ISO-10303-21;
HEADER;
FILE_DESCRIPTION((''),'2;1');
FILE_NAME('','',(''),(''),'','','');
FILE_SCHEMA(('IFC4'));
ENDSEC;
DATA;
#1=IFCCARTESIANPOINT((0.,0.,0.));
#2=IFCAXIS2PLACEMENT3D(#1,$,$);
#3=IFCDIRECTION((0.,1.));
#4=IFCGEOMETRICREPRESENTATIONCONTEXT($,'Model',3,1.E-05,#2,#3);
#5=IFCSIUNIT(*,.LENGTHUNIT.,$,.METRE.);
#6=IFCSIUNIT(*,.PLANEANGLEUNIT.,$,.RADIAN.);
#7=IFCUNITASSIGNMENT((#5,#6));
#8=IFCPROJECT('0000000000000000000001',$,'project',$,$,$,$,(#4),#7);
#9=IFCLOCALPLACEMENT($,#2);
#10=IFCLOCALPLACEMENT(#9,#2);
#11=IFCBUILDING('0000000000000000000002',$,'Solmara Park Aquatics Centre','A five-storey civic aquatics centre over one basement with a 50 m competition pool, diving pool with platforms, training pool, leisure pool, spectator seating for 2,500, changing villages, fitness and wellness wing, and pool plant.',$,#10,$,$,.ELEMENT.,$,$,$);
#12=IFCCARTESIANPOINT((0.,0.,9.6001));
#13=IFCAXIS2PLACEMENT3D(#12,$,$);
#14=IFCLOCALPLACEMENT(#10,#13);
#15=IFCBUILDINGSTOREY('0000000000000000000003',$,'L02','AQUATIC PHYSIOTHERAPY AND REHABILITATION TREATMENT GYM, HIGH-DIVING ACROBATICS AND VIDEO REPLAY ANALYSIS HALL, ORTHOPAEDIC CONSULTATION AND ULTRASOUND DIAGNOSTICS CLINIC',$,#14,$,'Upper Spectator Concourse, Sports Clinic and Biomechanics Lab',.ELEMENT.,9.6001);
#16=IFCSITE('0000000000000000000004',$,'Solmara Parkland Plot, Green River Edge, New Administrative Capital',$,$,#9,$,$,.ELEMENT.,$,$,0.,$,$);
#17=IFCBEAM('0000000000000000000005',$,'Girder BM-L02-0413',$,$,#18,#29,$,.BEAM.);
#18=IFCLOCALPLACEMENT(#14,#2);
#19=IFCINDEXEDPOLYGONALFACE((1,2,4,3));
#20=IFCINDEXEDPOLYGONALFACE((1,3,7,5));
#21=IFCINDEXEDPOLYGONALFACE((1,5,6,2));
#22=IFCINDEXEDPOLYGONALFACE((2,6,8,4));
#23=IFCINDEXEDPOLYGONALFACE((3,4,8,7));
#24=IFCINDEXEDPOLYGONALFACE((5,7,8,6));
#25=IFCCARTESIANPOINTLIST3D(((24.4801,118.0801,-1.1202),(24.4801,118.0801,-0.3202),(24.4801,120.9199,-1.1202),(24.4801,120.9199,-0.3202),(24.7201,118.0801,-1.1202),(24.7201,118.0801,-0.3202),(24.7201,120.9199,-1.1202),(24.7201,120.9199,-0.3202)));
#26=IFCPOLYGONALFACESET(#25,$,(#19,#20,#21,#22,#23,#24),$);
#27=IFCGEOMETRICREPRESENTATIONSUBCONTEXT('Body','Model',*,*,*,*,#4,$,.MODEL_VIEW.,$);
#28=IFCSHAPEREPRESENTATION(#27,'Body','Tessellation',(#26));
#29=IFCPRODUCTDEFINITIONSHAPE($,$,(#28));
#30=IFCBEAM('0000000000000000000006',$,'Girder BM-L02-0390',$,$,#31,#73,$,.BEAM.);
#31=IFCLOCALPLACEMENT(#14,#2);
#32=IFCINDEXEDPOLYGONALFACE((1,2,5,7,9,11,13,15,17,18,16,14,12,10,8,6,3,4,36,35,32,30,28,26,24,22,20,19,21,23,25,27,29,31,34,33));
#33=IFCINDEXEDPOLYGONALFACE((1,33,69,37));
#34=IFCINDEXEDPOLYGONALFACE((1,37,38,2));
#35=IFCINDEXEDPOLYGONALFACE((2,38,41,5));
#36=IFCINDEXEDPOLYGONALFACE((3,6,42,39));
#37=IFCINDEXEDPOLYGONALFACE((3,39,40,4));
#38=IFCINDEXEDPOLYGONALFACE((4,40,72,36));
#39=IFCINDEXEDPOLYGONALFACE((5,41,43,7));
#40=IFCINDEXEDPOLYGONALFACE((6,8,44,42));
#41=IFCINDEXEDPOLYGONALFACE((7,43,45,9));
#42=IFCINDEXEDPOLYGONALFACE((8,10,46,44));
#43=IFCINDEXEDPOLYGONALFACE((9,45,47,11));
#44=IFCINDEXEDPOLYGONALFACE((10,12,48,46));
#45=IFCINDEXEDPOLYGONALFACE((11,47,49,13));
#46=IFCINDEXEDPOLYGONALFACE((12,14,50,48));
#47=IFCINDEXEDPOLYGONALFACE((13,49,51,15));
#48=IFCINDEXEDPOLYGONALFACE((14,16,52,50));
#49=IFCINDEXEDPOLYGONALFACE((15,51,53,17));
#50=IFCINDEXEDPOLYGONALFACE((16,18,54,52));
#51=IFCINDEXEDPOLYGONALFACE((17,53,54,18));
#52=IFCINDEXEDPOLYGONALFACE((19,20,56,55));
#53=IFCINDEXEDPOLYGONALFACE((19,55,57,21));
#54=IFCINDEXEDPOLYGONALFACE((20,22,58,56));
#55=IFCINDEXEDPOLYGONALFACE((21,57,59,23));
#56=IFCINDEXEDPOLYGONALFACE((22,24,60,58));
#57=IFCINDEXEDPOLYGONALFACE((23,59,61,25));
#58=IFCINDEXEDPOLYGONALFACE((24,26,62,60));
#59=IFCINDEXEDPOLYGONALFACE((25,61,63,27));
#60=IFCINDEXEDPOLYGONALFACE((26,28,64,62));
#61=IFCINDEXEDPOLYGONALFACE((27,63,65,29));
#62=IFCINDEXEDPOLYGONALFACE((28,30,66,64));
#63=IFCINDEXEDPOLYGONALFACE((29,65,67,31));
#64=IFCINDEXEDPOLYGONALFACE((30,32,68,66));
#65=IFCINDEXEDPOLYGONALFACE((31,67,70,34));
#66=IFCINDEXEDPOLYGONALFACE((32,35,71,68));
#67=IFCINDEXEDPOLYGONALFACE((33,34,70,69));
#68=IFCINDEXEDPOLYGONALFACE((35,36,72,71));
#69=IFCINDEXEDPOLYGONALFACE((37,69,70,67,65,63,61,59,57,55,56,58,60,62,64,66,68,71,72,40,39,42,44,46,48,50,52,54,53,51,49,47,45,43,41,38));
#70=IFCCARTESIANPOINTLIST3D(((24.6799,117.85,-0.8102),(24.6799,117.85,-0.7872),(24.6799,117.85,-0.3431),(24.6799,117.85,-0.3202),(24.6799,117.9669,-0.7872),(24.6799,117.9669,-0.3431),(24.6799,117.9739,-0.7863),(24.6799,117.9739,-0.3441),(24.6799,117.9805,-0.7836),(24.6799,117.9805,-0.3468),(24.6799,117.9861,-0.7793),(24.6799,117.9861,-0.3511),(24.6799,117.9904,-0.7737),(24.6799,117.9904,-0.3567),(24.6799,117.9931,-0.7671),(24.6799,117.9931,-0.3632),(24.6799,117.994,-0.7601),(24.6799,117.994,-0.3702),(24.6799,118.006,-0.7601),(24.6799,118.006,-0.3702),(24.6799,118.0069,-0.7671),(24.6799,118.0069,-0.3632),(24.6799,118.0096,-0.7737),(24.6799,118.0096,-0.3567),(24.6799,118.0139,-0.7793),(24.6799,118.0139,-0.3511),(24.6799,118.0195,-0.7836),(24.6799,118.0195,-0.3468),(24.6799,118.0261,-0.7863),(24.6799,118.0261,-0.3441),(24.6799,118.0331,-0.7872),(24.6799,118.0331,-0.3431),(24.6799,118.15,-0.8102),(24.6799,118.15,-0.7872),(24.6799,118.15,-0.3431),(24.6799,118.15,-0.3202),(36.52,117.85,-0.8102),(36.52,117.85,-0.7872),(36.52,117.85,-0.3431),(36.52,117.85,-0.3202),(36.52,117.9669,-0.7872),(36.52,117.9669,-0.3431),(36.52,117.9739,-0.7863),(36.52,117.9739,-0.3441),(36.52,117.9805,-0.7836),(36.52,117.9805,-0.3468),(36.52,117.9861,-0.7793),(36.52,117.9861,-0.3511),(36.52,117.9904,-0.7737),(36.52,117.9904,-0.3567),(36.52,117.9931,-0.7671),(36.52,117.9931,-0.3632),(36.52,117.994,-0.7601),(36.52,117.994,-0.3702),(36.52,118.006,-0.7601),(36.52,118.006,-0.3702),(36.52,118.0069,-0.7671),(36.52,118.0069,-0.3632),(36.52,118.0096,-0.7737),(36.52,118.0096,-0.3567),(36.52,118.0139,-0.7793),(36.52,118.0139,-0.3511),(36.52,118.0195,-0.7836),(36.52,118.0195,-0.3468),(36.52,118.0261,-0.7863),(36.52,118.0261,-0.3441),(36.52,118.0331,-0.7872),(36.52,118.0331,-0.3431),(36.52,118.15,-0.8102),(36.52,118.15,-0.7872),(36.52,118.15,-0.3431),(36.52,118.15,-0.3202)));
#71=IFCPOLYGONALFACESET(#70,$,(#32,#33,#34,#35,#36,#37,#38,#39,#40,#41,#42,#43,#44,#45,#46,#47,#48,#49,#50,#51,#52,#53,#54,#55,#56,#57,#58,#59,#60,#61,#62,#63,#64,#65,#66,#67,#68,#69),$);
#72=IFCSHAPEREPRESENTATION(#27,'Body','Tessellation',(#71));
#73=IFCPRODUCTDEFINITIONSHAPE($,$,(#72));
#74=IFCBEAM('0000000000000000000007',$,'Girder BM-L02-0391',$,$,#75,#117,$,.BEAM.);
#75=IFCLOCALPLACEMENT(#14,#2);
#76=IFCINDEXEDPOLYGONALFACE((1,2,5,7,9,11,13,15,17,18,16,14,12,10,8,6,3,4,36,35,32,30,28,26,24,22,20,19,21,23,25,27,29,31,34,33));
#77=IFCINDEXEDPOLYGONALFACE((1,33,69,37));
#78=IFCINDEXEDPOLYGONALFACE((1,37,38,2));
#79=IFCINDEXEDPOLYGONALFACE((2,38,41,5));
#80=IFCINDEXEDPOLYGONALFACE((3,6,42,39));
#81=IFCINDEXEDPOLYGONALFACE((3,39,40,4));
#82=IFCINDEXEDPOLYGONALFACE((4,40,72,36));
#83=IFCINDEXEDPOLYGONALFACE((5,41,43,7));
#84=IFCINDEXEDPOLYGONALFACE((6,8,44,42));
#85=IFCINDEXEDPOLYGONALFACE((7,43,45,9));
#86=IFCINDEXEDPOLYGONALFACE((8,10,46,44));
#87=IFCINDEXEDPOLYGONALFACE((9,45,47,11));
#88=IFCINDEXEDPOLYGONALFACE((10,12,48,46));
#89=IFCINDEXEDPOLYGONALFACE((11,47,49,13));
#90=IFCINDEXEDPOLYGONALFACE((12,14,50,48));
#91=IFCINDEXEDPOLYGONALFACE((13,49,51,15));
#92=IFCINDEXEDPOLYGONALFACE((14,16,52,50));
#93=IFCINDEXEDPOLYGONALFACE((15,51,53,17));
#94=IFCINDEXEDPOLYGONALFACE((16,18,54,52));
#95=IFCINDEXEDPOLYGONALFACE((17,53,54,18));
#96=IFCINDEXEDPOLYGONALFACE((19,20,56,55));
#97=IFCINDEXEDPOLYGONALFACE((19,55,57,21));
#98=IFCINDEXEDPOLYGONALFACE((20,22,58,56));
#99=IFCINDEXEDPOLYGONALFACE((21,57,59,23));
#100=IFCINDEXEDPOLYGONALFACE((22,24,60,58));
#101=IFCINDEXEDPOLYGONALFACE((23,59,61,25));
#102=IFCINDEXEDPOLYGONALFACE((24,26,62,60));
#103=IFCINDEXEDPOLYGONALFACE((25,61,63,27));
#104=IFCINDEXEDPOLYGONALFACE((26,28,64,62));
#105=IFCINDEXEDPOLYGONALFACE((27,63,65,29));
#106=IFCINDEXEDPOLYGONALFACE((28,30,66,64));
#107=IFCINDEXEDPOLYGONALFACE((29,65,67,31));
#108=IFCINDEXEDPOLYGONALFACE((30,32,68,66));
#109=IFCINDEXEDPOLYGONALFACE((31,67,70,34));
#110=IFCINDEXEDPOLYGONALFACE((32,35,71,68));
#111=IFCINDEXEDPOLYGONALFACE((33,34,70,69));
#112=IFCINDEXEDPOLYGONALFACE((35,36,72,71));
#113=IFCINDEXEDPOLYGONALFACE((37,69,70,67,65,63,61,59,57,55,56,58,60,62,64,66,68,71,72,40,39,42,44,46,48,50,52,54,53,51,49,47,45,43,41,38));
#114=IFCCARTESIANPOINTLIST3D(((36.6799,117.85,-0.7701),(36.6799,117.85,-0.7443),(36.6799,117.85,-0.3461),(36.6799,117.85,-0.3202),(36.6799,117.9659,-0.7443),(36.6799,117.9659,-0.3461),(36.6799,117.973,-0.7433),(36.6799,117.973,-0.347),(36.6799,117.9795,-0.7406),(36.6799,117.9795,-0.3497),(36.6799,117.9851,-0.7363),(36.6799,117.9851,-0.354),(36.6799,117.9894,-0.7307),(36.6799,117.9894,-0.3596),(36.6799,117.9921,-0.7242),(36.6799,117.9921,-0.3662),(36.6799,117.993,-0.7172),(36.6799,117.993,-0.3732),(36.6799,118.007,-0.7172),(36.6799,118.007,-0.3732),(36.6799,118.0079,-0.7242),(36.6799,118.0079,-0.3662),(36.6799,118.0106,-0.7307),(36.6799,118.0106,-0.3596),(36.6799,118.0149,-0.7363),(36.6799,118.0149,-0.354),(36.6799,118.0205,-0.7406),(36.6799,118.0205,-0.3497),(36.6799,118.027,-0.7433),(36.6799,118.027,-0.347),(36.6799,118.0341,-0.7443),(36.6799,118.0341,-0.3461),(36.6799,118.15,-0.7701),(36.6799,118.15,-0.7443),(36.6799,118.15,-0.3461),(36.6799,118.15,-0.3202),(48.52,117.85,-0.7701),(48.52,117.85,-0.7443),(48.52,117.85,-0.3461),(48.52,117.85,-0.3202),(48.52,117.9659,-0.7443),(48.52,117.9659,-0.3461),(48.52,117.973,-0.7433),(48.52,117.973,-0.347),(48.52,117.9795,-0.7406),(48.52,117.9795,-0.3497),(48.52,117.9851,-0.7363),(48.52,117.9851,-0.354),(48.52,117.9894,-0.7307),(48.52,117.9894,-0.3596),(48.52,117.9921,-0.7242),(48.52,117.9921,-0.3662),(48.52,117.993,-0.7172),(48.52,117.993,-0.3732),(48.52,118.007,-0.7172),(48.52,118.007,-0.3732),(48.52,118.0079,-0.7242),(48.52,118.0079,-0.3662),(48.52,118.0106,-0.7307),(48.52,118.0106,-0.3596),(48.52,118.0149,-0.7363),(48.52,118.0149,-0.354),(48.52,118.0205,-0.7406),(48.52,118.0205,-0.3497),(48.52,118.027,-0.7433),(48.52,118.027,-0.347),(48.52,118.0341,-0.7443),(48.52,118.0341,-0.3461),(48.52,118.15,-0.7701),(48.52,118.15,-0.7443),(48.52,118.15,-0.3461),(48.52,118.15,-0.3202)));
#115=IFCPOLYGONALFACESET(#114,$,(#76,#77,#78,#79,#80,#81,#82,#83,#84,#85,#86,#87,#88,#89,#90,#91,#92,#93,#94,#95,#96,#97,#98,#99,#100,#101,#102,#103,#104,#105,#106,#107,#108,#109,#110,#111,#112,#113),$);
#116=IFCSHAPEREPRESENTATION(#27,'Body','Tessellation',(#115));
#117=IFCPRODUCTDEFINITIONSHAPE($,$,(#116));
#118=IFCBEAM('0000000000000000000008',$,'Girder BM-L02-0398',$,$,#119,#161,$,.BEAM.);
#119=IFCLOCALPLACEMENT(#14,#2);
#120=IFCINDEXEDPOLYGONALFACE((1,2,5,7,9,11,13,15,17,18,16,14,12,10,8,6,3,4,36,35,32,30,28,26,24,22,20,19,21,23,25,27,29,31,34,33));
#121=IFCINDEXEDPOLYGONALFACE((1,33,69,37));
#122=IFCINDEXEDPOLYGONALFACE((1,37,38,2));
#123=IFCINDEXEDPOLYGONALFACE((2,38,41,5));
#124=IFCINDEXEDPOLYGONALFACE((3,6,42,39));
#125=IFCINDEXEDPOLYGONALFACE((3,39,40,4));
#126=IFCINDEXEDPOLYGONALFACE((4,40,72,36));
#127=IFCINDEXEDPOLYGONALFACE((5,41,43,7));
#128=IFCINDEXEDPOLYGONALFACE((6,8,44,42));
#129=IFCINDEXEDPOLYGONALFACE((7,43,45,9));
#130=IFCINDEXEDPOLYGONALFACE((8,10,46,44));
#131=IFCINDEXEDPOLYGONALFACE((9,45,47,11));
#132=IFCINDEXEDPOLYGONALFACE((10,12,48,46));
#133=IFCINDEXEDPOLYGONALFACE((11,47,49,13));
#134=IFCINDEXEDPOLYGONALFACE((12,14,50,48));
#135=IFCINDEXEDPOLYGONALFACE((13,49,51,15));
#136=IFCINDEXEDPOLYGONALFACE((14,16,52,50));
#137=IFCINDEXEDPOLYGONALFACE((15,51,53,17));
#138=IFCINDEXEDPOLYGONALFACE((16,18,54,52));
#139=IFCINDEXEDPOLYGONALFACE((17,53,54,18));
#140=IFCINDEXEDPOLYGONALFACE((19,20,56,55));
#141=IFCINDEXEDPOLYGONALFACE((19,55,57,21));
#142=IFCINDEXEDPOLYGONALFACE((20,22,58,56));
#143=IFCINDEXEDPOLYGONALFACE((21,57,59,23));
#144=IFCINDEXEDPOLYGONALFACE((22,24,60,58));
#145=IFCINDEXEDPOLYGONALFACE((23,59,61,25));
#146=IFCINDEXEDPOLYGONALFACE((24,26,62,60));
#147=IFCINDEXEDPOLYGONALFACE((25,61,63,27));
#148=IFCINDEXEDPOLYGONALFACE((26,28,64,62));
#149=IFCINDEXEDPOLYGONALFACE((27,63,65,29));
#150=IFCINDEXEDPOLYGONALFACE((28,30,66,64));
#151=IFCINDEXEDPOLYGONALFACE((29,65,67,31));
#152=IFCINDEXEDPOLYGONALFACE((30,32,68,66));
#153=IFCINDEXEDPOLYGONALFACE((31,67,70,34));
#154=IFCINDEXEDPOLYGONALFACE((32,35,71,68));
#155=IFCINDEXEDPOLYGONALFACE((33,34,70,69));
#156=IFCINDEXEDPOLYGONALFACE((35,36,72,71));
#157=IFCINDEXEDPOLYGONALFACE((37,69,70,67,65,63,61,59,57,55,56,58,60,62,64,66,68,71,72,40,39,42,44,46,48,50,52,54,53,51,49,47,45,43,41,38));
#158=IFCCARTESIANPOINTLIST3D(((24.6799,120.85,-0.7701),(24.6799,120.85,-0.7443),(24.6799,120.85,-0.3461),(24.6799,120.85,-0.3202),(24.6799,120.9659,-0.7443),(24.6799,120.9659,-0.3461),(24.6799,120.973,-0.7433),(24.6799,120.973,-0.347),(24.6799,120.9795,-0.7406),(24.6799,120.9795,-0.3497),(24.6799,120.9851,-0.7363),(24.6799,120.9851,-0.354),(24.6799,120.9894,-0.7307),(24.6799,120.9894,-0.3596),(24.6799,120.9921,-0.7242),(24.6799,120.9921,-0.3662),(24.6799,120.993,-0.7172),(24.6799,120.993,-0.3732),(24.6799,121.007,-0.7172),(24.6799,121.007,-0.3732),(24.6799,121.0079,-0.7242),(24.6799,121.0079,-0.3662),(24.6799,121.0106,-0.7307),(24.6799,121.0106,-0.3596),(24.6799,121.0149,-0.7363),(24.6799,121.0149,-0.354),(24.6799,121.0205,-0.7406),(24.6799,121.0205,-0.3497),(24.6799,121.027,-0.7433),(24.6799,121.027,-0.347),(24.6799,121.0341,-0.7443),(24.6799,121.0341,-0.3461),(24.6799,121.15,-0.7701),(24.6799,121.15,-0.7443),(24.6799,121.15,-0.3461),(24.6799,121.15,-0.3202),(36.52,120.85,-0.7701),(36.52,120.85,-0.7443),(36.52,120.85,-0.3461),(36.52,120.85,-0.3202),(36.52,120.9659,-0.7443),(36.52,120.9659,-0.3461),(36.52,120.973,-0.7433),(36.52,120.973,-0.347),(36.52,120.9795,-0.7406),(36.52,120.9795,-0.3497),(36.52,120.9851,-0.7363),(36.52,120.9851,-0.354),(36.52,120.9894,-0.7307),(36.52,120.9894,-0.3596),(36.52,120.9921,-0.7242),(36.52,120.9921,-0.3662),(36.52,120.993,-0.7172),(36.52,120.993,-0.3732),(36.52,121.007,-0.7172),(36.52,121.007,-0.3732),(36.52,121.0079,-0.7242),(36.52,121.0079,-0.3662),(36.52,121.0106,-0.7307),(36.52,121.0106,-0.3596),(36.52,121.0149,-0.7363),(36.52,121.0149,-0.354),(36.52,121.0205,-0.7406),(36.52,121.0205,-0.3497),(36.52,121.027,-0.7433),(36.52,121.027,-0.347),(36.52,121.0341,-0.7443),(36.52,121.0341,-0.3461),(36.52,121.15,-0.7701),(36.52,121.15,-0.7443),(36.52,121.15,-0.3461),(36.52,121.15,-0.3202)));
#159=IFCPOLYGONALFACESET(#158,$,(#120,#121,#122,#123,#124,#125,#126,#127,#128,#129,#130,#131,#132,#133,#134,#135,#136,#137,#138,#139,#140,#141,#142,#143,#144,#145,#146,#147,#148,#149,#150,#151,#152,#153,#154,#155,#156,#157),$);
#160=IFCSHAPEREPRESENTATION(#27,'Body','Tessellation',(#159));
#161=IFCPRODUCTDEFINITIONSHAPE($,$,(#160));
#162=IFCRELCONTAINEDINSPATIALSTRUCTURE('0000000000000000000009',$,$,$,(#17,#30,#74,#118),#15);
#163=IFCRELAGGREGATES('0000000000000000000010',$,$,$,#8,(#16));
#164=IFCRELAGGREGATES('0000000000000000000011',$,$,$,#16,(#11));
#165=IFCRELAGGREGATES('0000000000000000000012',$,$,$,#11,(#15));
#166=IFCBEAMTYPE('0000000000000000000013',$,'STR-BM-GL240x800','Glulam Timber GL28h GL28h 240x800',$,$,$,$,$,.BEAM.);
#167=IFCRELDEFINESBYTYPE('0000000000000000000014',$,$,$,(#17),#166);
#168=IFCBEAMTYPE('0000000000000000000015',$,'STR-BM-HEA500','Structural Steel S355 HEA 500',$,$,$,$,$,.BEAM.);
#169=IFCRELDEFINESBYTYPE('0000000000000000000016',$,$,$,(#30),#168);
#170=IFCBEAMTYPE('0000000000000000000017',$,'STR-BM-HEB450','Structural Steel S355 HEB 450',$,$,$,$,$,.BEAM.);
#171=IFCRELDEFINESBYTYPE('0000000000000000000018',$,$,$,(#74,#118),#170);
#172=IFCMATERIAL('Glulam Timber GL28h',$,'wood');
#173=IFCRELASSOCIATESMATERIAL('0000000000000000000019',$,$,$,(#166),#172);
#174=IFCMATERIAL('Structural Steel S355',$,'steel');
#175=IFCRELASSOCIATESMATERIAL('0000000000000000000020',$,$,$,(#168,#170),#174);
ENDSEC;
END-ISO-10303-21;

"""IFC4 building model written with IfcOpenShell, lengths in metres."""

from ifc_helpers import new_model, si_unit, direction, frame, origin, origin_2d, place, context, subcontext, project, spatial, rectangle, i_section, extrude, material, material_profile, profile_set, type_object, element, save


model = new_model("IFC4")

# Units and contexts
model_context = context("Model", 3, precision=1e-05, world=origin(), true_north=direction((0.0, 1.0)))
body_context = subcontext(model_context, "Body", "Model", "MODEL_VIEW")
ifc_project = project(units=[si_unit("LENGTHUNIT", "METRE"), si_unit("PLANEANGLEUNIT", "RADIAN")], contexts=[model_context])

# Site, building, storey
site_placement = place(None, origin())
site = spatial("IfcSite", under=ifc_project, at=site_placement, Name="Solmara Parkland Plot, Green River Edge, New Administrative Capital", CompositionType="ELEMENT", RefElevation=0.0)
building_placement = place(site_placement, origin())
building = spatial("IfcBuilding", under=site, at=building_placement, Name="Solmara Park Aquatics Centre", Description="A five-storey civic aquatics centre over one basement with a 50 m competition pool, diving pool with platforms, training pool, leisure pool, spectator seating for 2,500, changing villages, fitness and wellness wing, and pool plant.", CompositionType="ELEMENT")
storey_placement = place(building_placement, frame((0.0, 0.0, 9.6001)))
storey = spatial("IfcBuildingStorey", under=building, at=storey_placement, Name="L02", Description="AQUATIC PHYSIOTHERAPY AND REHABILITATION TREATMENT GYM, HIGH-DIVING ACROBATICS AND VIDEO REPLAY ANALYSIS HALL, ORTHOPAEDIC CONSULTATION AND ULTRASOUND DIAGNOSTICS CLINIC", LongName="Upper Spectator Concourse, Sports Clinic and Biomechanics Lab", CompositionType="ELEMENT", Elevation=9.6001)

# Shared definitions
ifc_material_1 = material(Name="Structural Steel S355", Category="steel")

# Beams
ifc_material_2 = material(Name="Glulam Timber GL28h", Category="wood")
ifc_material_profile_1 = material_profile(ifc_material_2, rectangle(XDim=0.24, YDim=0.8, at=origin_2d()), Name="GL28h 240x800")
ifc_profile_set_1 = profile_set([ifc_material_profile_1], Name="Glulam Timber GL28h")
beam_type_1 = type_object("IfcBeamType", Name="STR-BM-GL240x800", Description="Glulam Timber GL28h GL28h 240x800", PredefinedType="BEAM", material=ifc_profile_set_1)
beam_1_placement = place(storey_placement, frame((24.6001, 118.0801, -0.7202), z_axis=(0.0, 1.0, 0.0), x_axis=(-1.0, 0.0, 0.0)))
element("IfcBeam", 1, at=beam_1_placement, inside=storey, type_object=beam_type_1, Name="Girder BM-L02-0413", PredefinedType="BEAM", context=body_context, shape_type="SweptSolid", body=[
    extrude(rectangle(XDim=0.24, YDim=0.8, at=origin_2d()), origin(), (0.0, 0.0, 1.0), 2.8398),
])
ifc_material_profile_2 = material_profile(ifc_material_1, i_section(OverallWidth=0.3, OverallDepth=0.49, WebThickness=0.012, FlangeThickness=0.0229, FilletRadius=0.0271, at=origin_2d()), Name="HEA 500")
ifc_profile_set_2 = profile_set([ifc_material_profile_2], Name="Structural Steel S355")
beam_type_2 = type_object("IfcBeamType", Name="STR-BM-HEA500", Description="Structural Steel S355 HEA 500", PredefinedType="BEAM", material=ifc_profile_set_2)
beam_2_placement = place(storey_placement, frame((24.6799, 118.0, -0.5652), z_axis=(1.0, 0.0, 0.0), x_axis=(0.0, 1.0, 0.0)))
element("IfcBeam", 2, at=beam_2_placement, inside=storey, type_object=beam_type_2, Name="Girder BM-L02-0390", PredefinedType="BEAM", context=body_context, shape_type="SweptSolid", body=[
    extrude(i_section(OverallWidth=0.3, OverallDepth=0.49, WebThickness=0.012, FlangeThickness=0.0229, FilletRadius=0.0271, at=origin_2d()), origin(), (0.0, 0.0, 1.0), 11.8401),
])
ifc_material_profile_3 = material_profile(ifc_material_1, i_section(OverallWidth=0.3, OverallDepth=0.45, WebThickness=0.0139, FlangeThickness=0.0259, FilletRadius=0.0271, at=origin_2d()), Name="HEB 450")
ifc_profile_set_3 = profile_set([ifc_material_profile_3], Name="Structural Steel S355")
beam_type_3 = type_object("IfcBeamType", Name="STR-BM-HEB450", Description="Structural Steel S355 HEB 450", PredefinedType="BEAM", material=ifc_profile_set_3)
for number, where, z_axis, x_axis, name in (
    (3, (36.6799, 118.0, -0.5452), (1.0, 0.0, 0.0), (0.0, 1.0, 0.0), "Girder BM-L02-0391"),
    (4, (24.6799, 121.0, -0.5452), (1.0, 0.0, 0.0), (0.0, 1.0, 0.0), "Girder BM-L02-0398"),
):
    element("IfcBeam", number, at=place(storey_placement, frame(where, z_axis=z_axis, x_axis=x_axis)), inside=storey, type_object=beam_type_3, Name=name, PredefinedType="BEAM", context=body_context, shape_type="SweptSolid", body=[
        extrude(i_section(OverallWidth=0.3, OverallDepth=0.45, WebThickness=0.0139, FlangeThickness=0.0259, FilletRadius=0.0271, at=origin_2d()), origin(), (0.0, 0.0, 1.0), 11.8401),
    ])

save(model, "model.ifc")
